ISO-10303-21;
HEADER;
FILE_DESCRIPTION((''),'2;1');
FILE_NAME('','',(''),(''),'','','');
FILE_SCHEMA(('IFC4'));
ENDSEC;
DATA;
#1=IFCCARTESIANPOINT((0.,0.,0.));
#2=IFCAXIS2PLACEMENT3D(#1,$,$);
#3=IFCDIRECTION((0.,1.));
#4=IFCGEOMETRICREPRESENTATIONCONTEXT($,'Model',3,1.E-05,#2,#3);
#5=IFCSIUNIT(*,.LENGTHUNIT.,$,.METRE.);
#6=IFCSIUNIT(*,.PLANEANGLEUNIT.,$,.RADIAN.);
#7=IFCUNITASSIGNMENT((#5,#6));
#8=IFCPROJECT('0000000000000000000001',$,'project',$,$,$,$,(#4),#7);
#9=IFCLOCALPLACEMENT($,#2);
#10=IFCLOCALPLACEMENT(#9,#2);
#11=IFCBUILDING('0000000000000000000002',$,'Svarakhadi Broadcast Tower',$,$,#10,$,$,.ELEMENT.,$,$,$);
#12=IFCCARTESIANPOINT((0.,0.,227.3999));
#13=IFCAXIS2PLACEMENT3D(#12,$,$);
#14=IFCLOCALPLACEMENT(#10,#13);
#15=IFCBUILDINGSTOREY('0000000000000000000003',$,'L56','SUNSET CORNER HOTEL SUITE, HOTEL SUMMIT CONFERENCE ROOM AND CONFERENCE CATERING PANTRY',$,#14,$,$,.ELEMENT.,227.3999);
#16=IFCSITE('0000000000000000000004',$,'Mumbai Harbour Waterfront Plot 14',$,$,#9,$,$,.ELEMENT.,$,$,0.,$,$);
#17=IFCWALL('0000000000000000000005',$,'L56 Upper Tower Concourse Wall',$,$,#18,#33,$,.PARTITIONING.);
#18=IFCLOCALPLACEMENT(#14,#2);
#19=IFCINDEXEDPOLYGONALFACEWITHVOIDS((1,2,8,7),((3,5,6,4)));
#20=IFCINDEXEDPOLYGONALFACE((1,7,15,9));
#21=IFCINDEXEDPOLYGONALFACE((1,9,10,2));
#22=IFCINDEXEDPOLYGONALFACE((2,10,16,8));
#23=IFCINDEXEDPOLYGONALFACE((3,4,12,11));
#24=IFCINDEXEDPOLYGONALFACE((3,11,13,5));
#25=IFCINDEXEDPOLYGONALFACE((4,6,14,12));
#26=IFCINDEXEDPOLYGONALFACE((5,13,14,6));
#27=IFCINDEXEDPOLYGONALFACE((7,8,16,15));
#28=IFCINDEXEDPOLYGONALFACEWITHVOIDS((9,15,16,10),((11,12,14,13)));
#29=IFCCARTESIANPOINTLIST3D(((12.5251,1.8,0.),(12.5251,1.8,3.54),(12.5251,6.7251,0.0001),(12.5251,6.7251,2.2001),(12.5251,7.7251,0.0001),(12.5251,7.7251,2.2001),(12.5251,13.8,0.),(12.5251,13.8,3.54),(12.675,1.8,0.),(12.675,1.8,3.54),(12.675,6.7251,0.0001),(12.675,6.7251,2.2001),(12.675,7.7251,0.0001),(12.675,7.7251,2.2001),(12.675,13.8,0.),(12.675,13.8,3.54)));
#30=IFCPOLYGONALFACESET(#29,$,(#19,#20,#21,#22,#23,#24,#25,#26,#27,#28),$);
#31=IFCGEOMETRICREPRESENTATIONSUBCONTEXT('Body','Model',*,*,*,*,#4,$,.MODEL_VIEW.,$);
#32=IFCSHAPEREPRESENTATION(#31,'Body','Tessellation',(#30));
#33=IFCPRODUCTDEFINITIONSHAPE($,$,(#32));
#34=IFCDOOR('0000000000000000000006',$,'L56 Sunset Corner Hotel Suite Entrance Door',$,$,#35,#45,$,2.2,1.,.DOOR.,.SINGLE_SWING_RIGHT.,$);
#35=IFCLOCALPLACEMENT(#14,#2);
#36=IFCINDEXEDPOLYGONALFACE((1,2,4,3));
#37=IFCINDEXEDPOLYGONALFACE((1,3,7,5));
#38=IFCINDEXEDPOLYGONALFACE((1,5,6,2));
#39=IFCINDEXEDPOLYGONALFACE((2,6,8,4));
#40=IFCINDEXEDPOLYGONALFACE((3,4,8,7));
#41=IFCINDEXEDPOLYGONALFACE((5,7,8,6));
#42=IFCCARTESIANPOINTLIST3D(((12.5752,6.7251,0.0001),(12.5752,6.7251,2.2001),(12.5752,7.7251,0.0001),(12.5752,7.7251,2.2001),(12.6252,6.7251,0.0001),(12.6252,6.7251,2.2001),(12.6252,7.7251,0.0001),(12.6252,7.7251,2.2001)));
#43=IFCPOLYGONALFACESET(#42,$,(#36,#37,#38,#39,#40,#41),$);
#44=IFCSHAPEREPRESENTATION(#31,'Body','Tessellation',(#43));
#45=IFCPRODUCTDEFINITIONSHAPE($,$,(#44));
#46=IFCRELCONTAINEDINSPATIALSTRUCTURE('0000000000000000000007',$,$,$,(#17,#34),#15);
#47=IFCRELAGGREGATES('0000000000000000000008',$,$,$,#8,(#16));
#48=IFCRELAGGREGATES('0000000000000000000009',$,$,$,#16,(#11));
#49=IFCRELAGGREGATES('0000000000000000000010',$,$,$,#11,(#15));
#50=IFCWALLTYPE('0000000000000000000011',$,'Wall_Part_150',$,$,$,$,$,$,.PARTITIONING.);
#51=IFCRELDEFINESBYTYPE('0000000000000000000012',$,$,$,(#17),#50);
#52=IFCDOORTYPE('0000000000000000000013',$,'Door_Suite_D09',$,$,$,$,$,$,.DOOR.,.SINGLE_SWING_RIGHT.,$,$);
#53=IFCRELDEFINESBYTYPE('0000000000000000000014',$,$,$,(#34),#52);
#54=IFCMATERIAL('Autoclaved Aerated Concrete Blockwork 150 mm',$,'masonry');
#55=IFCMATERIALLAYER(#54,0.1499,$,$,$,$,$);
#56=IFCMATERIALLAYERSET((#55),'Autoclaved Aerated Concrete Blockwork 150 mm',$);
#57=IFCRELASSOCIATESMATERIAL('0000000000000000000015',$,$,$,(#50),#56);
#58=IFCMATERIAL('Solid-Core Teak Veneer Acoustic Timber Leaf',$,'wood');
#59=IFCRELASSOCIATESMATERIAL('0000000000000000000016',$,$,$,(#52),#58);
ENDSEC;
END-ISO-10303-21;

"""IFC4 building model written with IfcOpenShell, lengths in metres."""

from ifc_helpers import new_model, si_unit, direction, frame, frame_2d, origin, place, context, subcontext, project, spatial, rectangle, extrude, material, layer, layer_set, type_object, element, fill, save


model = new_model("IFC4")

# Units and contexts
model_context = context("Model", 3, precision=1e-05, world=origin(), true_north=direction((0.0, 1.0)))
body_context = subcontext(model_context, "Body", "Model", "MODEL_VIEW")
ifc_project = project(units=[si_unit("LENGTHUNIT", "METRE"), si_unit("PLANEANGLEUNIT", "RADIAN")], contexts=[model_context])

# Site, building, storey
site_placement = place(None, origin())
site = spatial("IfcSite", under=ifc_project, at=site_placement, Name="Mumbai Harbour Waterfront Plot 14", CompositionType="ELEMENT", RefElevation=0.0)
building_placement = place(site_placement, origin())
building = spatial("IfcBuilding", under=site, at=building_placement, Name="Svarakhadi Broadcast Tower", CompositionType="ELEMENT")
storey_placement = place(building_placement, frame((0.0, 0.0, 227.3999)))
storey = spatial("IfcBuildingStorey", under=building, at=storey_placement, Name="L56", Description="SUNSET CORNER HOTEL SUITE, HOTEL SUMMIT CONFERENCE ROOM AND CONFERENCE CATERING PANTRY", CompositionType="ELEMENT", Elevation=227.3999)

# Shared definitions
ifc_material_1 = material(Name="Autoclaved Aerated Concrete Blockwork 150 mm", Category="masonry")
ifc_layer_1 = layer(ifc_material_1, 0.1499)
ifc_layer_set_1 = layer_set([ifc_layer_1], Name="Autoclaved Aerated Concrete Blockwork 150 mm")
wall_type_1 = type_object("IfcWallType", Name="Wall_Part_150", PredefinedType="PARTITIONING", material=ifc_layer_set_1)

# Wall, opening, door
wall_1_placement = place(storey_placement, frame((12.6001, 1.8, 0.0), z_axis=(0.0, 0.0, 1.0), x_axis=(0.0, 1.0, 0.0)))
wall_1 = element("IfcWall", 1, at=wall_1_placement, inside=storey, type_object=wall_type_1, Name="L56 Upper Tower Concourse Wall", PredefinedType="PARTITIONING", context=body_context, shape_type="SweptSolid", body=[
    extrude(rectangle(XDim=12.0, YDim=0.1499, at=frame_2d((6.0, 0.0))), origin(), (0.0, 0.0, 1.0), 3.54),
])
opening_placement = place(wall_1_placement, frame((4.925, 0.0, 0.0)))
opening = element("IfcOpeningElement", 2, at=opening_placement, cuts=wall_1, PredefinedType="OPENING", context=body_context, shape_type="SweptSolid", body=[
    extrude(rectangle(XDim=1.0, YDim=2.2, at=frame_2d((0.5, 1.1001))), frame((0.0, 0.085, 0.0), z_axis=(0.0, -1.0, 0.0), x_axis=(1.0, 0.0, 0.0)), (0.0, 0.0, 1.0), 0.1699),
])
ifc_material_2 = material(Name="Solid-Core Teak Veneer Acoustic Timber Leaf", Category="wood")
door_type = type_object("IfcDoorType", Name="Door_Suite_D09", OperationType="SINGLE_SWING_RIGHT", PredefinedType="DOOR", material=ifc_material_2)
door_placement = place(opening_placement, origin())
door = element("IfcDoor", 3, at=door_placement, inside=storey, type_object=door_type, Name="L56 Sunset Corner Hotel Suite Entrance Door", OperationType="SINGLE_SWING_RIGHT", OverallHeight=2.2, OverallWidth=1.0, PredefinedType="DOOR", context=body_context, shape_type="SweptSolid", body=[
    extrude(rectangle(XDim=1.0, YDim=2.2, at=frame_2d((0.5, 1.1001))), frame((0.0, 0.0249, 0.0), z_axis=(0.0, -1.0, 0.0), x_axis=(1.0, 0.0, 0.0)), (0.0, 0.0, 1.0), 0.05),
])
fill(opening, door)

save(model, "model.ifc")
